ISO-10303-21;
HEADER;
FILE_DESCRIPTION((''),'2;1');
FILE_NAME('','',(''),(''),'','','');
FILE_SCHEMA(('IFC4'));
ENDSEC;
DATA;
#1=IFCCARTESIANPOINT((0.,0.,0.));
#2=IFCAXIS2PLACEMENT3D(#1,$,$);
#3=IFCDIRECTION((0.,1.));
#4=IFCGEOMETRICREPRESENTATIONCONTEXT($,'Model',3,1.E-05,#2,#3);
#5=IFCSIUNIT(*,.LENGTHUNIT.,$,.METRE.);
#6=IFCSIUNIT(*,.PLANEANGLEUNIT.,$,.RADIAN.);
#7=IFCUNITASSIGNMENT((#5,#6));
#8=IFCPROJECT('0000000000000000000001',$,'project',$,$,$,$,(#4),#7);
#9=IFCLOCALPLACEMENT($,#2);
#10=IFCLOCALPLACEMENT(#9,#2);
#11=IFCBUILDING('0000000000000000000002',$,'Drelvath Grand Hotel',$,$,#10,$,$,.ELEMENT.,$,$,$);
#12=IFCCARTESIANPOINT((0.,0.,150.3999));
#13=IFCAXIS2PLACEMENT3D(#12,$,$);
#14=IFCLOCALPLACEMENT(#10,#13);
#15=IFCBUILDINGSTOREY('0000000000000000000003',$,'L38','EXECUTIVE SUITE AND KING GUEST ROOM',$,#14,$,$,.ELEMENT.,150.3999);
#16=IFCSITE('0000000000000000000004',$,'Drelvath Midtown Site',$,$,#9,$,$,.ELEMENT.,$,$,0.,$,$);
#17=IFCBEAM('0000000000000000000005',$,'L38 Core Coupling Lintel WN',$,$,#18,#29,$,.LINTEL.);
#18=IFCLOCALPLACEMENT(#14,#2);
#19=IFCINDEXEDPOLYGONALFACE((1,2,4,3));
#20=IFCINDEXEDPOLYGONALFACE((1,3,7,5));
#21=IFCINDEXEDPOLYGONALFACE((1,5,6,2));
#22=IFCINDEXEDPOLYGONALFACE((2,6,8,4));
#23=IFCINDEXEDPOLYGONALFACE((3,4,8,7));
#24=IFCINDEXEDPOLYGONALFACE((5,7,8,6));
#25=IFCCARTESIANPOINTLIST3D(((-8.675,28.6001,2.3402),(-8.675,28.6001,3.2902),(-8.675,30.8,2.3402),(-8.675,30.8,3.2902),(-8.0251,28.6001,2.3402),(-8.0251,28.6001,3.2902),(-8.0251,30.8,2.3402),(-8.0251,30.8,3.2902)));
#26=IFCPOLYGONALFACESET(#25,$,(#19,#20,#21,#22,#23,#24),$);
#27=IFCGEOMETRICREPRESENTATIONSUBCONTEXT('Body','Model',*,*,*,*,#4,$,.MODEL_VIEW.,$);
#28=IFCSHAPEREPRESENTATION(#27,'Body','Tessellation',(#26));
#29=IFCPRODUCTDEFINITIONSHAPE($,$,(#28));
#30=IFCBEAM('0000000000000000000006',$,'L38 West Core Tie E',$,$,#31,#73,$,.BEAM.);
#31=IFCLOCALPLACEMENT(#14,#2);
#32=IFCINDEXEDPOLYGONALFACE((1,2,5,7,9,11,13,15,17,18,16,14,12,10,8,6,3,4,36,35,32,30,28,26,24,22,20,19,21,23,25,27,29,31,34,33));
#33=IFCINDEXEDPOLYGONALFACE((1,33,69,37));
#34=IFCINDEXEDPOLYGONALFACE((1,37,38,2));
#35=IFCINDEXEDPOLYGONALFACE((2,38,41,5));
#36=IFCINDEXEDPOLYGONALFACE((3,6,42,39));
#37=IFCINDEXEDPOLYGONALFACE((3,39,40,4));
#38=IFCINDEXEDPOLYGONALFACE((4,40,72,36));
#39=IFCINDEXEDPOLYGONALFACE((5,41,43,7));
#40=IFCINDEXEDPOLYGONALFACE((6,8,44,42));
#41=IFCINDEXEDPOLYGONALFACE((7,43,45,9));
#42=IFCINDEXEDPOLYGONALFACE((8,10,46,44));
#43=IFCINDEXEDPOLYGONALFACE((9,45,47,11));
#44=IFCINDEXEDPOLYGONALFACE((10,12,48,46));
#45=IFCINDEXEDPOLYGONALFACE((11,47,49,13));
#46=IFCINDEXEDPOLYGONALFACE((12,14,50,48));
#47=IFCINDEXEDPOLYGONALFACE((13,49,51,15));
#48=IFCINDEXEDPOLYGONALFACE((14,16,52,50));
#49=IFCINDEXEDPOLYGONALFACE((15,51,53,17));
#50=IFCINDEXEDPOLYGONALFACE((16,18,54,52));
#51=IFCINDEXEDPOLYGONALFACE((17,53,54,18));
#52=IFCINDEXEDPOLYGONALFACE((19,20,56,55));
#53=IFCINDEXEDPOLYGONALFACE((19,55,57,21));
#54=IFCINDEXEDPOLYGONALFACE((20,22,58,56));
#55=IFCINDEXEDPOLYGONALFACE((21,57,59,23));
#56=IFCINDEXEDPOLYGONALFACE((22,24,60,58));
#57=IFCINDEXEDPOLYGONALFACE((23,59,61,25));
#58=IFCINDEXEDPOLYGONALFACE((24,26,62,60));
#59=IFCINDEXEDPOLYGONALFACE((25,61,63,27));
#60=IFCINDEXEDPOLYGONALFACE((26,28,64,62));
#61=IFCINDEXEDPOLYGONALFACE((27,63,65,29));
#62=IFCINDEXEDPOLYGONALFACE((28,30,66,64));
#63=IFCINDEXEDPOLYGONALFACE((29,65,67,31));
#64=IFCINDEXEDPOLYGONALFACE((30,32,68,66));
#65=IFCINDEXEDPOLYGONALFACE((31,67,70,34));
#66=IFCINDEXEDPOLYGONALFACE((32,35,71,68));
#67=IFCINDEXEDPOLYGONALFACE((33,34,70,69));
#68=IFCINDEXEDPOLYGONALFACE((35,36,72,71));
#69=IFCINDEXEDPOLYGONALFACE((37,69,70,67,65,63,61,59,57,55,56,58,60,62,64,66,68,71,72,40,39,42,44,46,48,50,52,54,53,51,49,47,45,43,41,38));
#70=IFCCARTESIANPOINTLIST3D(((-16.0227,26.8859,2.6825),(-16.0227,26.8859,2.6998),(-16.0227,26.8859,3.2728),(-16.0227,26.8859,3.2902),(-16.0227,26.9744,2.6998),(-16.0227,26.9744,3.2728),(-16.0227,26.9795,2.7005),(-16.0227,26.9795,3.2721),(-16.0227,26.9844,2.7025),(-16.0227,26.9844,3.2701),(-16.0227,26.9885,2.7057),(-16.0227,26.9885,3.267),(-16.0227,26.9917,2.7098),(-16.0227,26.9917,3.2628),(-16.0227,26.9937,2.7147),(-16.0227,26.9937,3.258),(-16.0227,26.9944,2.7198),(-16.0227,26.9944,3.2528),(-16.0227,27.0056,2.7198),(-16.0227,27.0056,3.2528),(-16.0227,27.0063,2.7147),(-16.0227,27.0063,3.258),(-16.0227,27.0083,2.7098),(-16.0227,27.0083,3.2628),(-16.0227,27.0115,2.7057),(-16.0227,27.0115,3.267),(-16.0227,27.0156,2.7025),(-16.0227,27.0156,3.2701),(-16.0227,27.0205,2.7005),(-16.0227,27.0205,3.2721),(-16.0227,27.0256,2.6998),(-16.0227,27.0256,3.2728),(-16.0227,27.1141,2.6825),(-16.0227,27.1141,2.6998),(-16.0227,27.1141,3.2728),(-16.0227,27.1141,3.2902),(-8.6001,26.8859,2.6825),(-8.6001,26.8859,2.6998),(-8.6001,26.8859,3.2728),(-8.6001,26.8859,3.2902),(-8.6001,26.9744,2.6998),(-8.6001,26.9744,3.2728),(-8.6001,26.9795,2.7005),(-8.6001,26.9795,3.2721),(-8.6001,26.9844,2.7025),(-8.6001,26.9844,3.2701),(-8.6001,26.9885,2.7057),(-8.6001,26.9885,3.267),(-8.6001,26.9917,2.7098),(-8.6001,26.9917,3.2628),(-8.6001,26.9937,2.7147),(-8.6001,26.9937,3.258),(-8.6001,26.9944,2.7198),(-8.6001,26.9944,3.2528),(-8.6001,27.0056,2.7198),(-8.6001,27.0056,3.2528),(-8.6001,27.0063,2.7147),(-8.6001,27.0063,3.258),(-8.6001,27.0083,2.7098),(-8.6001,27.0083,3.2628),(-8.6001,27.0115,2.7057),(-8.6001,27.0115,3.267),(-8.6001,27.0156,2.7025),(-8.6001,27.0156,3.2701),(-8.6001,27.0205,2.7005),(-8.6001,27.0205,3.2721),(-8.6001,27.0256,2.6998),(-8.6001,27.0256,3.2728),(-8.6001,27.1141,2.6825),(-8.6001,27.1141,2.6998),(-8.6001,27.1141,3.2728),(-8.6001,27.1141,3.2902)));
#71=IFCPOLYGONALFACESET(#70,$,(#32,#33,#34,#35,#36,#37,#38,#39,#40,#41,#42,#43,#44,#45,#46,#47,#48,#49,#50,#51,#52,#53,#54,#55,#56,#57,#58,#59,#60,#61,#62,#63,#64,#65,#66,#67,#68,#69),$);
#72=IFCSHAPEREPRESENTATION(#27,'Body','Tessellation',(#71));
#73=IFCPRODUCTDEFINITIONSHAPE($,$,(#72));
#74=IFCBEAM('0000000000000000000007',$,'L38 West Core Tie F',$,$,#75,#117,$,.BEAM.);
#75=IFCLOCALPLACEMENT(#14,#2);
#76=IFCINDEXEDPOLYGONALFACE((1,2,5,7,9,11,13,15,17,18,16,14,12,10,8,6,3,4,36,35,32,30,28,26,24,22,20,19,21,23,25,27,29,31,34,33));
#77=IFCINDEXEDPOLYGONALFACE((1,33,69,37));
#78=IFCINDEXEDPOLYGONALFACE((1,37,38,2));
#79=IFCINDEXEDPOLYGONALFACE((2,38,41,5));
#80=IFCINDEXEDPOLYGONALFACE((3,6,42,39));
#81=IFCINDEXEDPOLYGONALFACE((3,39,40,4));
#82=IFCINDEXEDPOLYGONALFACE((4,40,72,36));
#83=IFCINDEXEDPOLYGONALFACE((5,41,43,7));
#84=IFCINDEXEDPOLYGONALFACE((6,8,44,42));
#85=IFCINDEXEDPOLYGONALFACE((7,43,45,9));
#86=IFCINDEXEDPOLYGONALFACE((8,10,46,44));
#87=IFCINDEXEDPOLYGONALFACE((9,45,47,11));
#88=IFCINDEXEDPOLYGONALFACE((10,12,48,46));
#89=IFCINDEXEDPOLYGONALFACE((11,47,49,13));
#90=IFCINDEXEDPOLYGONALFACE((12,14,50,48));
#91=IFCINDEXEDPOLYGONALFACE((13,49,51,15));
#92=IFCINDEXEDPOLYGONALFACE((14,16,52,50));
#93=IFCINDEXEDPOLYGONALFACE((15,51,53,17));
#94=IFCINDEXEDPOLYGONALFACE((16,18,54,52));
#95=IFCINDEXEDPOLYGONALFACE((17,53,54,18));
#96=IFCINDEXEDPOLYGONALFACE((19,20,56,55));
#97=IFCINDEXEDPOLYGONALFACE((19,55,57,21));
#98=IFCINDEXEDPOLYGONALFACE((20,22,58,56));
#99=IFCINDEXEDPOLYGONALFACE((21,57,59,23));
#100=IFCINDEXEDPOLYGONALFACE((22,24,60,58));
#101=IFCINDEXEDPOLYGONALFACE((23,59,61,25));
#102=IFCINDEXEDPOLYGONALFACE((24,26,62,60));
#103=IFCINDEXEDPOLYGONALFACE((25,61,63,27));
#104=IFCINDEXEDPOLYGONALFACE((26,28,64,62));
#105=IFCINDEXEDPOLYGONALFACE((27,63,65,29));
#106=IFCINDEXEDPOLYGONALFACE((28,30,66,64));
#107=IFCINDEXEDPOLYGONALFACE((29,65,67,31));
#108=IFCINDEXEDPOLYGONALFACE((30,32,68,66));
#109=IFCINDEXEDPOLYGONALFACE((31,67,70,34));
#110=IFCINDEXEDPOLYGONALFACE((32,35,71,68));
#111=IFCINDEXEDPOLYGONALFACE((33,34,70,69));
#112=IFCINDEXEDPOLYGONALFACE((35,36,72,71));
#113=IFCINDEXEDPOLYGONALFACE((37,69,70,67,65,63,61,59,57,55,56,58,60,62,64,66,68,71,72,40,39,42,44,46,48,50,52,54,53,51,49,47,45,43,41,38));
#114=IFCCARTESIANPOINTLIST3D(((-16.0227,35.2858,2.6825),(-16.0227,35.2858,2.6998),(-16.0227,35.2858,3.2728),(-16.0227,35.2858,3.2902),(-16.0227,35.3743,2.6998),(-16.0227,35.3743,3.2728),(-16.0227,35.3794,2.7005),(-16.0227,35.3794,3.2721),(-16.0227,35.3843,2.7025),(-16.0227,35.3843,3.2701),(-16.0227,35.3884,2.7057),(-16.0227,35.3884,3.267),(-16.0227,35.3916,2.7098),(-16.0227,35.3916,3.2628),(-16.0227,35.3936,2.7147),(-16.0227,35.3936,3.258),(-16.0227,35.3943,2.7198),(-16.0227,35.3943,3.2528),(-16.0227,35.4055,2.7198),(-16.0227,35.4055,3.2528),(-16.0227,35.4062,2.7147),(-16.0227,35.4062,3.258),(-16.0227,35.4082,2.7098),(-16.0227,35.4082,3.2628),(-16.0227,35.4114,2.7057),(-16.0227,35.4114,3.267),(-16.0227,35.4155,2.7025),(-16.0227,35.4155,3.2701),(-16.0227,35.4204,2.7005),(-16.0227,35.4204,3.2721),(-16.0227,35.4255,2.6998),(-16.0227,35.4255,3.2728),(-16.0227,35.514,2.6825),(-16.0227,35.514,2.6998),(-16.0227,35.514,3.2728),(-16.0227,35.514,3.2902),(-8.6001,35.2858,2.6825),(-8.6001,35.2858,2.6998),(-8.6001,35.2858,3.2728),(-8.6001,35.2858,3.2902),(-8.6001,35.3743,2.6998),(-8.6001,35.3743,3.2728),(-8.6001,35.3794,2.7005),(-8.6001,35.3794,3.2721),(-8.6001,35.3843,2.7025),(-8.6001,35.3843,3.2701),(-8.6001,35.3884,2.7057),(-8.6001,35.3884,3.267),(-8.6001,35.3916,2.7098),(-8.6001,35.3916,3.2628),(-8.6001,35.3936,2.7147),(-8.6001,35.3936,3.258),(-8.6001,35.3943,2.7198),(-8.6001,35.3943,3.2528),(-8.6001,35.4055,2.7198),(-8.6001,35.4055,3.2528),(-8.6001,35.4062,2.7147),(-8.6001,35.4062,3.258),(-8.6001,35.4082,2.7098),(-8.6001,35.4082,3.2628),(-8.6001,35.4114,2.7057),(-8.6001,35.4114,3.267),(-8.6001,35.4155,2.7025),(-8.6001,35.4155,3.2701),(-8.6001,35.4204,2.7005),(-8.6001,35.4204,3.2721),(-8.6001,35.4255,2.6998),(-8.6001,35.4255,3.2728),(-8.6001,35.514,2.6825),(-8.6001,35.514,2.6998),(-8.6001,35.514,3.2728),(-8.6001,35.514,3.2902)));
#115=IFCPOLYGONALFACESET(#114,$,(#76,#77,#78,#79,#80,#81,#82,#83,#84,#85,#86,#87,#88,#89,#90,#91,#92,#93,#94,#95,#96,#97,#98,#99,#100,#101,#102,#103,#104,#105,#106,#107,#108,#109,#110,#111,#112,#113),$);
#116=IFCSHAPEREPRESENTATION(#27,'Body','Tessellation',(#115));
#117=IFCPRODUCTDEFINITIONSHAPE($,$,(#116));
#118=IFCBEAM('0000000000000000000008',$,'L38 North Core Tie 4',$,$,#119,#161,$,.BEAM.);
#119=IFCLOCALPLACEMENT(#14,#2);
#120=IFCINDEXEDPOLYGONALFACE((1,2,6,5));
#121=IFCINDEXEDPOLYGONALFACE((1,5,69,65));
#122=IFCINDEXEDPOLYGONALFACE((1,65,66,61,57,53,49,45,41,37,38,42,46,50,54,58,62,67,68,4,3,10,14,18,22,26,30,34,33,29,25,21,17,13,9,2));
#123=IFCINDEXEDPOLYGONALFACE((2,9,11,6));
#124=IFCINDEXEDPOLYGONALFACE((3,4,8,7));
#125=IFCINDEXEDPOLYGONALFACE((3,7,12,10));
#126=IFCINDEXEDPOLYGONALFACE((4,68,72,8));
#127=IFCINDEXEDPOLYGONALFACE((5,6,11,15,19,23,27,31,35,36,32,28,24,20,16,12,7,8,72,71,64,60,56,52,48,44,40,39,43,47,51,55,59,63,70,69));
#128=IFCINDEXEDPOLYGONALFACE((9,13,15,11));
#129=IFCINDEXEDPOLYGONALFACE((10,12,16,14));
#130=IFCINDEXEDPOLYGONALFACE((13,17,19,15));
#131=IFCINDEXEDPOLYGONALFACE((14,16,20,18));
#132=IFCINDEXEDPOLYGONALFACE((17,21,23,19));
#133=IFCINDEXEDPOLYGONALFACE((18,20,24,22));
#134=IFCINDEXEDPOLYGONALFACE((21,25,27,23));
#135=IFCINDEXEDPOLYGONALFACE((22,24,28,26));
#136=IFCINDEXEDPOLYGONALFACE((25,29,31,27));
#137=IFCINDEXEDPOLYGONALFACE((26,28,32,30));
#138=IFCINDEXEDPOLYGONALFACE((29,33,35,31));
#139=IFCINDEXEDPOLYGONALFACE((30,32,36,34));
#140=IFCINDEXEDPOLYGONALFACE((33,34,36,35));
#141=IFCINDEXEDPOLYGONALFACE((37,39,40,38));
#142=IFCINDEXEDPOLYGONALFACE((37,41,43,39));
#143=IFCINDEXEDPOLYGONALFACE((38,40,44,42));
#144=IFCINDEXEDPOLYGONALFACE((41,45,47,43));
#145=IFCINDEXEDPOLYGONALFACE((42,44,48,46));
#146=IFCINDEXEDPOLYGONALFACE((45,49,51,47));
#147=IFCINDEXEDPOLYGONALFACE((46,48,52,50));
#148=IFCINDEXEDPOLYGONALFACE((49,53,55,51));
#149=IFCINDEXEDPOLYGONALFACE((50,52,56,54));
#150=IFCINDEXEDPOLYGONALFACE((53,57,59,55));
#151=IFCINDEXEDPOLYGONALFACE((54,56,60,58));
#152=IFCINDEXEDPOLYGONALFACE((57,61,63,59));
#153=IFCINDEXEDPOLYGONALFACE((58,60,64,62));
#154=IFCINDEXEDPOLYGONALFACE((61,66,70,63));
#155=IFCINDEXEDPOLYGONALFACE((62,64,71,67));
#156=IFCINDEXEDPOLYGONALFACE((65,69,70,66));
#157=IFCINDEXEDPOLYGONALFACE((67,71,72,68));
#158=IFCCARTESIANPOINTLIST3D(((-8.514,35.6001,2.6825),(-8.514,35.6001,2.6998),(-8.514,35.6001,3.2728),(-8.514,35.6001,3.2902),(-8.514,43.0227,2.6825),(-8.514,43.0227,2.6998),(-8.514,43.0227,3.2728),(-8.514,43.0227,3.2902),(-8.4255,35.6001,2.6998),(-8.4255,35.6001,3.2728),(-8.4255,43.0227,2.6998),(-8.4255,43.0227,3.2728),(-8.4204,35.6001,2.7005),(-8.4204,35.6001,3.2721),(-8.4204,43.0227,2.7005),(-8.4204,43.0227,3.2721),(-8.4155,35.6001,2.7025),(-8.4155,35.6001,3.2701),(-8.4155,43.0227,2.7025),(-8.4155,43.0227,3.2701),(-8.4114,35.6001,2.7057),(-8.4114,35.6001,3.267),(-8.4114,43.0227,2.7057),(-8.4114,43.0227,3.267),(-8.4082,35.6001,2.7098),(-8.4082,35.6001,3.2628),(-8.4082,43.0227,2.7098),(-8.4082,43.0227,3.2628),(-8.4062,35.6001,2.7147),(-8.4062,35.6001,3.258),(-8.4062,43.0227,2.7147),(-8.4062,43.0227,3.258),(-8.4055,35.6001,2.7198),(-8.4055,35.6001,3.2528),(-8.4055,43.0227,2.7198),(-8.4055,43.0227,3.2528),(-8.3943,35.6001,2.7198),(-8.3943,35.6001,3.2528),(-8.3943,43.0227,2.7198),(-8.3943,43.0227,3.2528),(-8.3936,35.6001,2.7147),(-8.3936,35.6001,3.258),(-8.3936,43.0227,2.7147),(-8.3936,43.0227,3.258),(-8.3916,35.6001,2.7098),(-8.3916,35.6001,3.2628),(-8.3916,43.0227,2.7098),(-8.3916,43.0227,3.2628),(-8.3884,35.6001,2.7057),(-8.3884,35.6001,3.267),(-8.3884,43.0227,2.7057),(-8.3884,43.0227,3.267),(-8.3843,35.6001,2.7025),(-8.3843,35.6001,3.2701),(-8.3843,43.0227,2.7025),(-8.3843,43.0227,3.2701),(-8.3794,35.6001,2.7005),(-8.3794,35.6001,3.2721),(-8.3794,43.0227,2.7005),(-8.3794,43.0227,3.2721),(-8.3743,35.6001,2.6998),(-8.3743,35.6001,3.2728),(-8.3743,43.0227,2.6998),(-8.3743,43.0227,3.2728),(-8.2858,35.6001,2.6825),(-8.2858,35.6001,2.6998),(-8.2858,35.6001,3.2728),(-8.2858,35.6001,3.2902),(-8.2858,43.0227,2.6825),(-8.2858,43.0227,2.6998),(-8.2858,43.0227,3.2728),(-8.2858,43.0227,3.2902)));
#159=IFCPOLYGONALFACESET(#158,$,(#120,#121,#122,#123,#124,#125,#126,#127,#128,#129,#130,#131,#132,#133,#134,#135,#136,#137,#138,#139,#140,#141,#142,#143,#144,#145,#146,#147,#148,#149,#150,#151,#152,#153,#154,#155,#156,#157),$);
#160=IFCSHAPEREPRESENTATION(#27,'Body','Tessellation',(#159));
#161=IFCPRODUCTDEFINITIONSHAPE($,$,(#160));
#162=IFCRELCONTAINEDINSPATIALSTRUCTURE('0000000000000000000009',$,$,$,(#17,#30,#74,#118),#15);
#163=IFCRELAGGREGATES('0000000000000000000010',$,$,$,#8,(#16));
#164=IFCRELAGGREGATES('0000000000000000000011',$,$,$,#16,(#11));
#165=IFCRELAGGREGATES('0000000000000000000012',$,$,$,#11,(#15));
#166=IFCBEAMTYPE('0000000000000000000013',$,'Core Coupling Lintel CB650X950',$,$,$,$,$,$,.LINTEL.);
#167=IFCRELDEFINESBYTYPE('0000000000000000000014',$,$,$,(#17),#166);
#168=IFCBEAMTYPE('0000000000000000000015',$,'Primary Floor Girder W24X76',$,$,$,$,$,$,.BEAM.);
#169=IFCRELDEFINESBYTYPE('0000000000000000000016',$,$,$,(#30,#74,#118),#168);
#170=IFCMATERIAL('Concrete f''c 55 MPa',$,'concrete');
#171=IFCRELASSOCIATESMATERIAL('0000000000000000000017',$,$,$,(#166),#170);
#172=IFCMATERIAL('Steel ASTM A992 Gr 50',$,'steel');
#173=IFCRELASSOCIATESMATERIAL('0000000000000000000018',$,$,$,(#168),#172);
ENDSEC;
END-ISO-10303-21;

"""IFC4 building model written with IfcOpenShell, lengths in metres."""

from ifc_helpers import new_model, si_unit, direction, frame, origin, origin_2d, place, context, subcontext, project, spatial, rectangle, i_section, extrude, material, material_profile, profile_set, type_object, element, save


model = new_model("IFC4")

# Units and contexts
model_context = context("Model", 3, precision=1e-05, world=origin(), true_north=direction((0.0, 1.0)))
body_context = subcontext(model_context, "Body", "Model", "MODEL_VIEW")
ifc_project = project(units=[si_unit("LENGTHUNIT", "METRE"), si_unit("PLANEANGLEUNIT", "RADIAN")], contexts=[model_context])

# Site, building, storey
site_placement = place(None, origin())
site = spatial("IfcSite", under=ifc_project, at=site_placement, Name="Drelvath Midtown Site", CompositionType="ELEMENT", RefElevation=0.0)
building_placement = place(site_placement, origin())
building = spatial("IfcBuilding", under=site, at=building_placement, Name="Drelvath Grand Hotel", CompositionType="ELEMENT")
storey_placement = place(building_placement, frame((0.0, 0.0, 150.3999)))
storey = spatial("IfcBuildingStorey", under=building, at=storey_placement, Name="L38", Description="EXECUTIVE SUITE AND KING GUEST ROOM", CompositionType="ELEMENT", Elevation=150.3999)

# Beams
ifc_material_1 = material(Name="Concrete f'c 55 MPa", Category="concrete")
ifc_material_profile_1 = material_profile(ifc_material_1, rectangle(XDim=0.6499, YDim=0.95, at=origin_2d()), Name="CB650X950")
ifc_profile_set_1 = profile_set([ifc_material_profile_1], Name="Concrete f'c 55 MPa")
beam_type_1 = type_object("IfcBeamType", Name="Core Coupling Lintel CB650X950", PredefinedType="LINTEL", material=ifc_profile_set_1)
beam_placement = place(storey_placement, frame((-8.3501, 28.6001, 2.8152), z_axis=(0.0, 1.0, 0.0), x_axis=(-1.0, 0.0, 0.0)))
element("IfcBeam", 1, at=beam_placement, inside=storey, type_object=beam_type_1, Name="L38 Core Coupling Lintel WN", PredefinedType="LINTEL", context=body_context, shape_type="SweptSolid", body=[
    extrude(rectangle(XDim=0.6499, YDim=0.95, at=origin_2d()), origin(), (0.0, 0.0, 1.0), 2.2),
])
ifc_material_2 = material(Name="Steel ASTM A992 Gr 50", Category="steel")
ifc_material_profile_2 = material_profile(ifc_material_2, i_section(OverallWidth=0.2283, OverallDepth=0.6077, WebThickness=0.0112, FlangeThickness=0.0173, FilletRadius=0.02, at=origin_2d()), Name="W24X76")
ifc_profile_set_2 = profile_set([ifc_material_profile_2], Name="Steel ASTM A992 Gr 50")
beam_type_2 = type_object("IfcBeamType", Name="Primary Floor Girder W24X76", PredefinedType="BEAM", material=ifc_profile_set_2)
for number, where, z_axis, x_axis, name in (
    (2, (-16.0227, 27.0, 2.9863), (1.0, 0.0, 0.0), (0.0, 1.0, 0.0), "L38 West Core Tie E"),
    (3, (-16.0227, 35.3999, 2.9863), (1.0, 0.0, 0.0), (0.0, 1.0, 0.0), "L38 West Core Tie F"),
    (4, (-8.3999, 35.6001, 2.9863), (0.0, 1.0, 0.0), (-1.0, 0.0, 0.0), "L38 North Core Tie 4"),
):
    element("IfcBeam", number, at=place(storey_placement, frame(where, z_axis=z_axis, x_axis=x_axis)), inside=storey, type_object=beam_type_2, Name=name, PredefinedType="BEAM", context=body_context, shape_type="SweptSolid", body=[
        extrude(i_section(OverallWidth=0.2283, OverallDepth=0.6077, WebThickness=0.0112, FlangeThickness=0.0173, FilletRadius=0.02, at=origin_2d()), origin(), (0.0, 0.0, 1.0), 7.4226),
    ])

save(model, "model.ifc")
